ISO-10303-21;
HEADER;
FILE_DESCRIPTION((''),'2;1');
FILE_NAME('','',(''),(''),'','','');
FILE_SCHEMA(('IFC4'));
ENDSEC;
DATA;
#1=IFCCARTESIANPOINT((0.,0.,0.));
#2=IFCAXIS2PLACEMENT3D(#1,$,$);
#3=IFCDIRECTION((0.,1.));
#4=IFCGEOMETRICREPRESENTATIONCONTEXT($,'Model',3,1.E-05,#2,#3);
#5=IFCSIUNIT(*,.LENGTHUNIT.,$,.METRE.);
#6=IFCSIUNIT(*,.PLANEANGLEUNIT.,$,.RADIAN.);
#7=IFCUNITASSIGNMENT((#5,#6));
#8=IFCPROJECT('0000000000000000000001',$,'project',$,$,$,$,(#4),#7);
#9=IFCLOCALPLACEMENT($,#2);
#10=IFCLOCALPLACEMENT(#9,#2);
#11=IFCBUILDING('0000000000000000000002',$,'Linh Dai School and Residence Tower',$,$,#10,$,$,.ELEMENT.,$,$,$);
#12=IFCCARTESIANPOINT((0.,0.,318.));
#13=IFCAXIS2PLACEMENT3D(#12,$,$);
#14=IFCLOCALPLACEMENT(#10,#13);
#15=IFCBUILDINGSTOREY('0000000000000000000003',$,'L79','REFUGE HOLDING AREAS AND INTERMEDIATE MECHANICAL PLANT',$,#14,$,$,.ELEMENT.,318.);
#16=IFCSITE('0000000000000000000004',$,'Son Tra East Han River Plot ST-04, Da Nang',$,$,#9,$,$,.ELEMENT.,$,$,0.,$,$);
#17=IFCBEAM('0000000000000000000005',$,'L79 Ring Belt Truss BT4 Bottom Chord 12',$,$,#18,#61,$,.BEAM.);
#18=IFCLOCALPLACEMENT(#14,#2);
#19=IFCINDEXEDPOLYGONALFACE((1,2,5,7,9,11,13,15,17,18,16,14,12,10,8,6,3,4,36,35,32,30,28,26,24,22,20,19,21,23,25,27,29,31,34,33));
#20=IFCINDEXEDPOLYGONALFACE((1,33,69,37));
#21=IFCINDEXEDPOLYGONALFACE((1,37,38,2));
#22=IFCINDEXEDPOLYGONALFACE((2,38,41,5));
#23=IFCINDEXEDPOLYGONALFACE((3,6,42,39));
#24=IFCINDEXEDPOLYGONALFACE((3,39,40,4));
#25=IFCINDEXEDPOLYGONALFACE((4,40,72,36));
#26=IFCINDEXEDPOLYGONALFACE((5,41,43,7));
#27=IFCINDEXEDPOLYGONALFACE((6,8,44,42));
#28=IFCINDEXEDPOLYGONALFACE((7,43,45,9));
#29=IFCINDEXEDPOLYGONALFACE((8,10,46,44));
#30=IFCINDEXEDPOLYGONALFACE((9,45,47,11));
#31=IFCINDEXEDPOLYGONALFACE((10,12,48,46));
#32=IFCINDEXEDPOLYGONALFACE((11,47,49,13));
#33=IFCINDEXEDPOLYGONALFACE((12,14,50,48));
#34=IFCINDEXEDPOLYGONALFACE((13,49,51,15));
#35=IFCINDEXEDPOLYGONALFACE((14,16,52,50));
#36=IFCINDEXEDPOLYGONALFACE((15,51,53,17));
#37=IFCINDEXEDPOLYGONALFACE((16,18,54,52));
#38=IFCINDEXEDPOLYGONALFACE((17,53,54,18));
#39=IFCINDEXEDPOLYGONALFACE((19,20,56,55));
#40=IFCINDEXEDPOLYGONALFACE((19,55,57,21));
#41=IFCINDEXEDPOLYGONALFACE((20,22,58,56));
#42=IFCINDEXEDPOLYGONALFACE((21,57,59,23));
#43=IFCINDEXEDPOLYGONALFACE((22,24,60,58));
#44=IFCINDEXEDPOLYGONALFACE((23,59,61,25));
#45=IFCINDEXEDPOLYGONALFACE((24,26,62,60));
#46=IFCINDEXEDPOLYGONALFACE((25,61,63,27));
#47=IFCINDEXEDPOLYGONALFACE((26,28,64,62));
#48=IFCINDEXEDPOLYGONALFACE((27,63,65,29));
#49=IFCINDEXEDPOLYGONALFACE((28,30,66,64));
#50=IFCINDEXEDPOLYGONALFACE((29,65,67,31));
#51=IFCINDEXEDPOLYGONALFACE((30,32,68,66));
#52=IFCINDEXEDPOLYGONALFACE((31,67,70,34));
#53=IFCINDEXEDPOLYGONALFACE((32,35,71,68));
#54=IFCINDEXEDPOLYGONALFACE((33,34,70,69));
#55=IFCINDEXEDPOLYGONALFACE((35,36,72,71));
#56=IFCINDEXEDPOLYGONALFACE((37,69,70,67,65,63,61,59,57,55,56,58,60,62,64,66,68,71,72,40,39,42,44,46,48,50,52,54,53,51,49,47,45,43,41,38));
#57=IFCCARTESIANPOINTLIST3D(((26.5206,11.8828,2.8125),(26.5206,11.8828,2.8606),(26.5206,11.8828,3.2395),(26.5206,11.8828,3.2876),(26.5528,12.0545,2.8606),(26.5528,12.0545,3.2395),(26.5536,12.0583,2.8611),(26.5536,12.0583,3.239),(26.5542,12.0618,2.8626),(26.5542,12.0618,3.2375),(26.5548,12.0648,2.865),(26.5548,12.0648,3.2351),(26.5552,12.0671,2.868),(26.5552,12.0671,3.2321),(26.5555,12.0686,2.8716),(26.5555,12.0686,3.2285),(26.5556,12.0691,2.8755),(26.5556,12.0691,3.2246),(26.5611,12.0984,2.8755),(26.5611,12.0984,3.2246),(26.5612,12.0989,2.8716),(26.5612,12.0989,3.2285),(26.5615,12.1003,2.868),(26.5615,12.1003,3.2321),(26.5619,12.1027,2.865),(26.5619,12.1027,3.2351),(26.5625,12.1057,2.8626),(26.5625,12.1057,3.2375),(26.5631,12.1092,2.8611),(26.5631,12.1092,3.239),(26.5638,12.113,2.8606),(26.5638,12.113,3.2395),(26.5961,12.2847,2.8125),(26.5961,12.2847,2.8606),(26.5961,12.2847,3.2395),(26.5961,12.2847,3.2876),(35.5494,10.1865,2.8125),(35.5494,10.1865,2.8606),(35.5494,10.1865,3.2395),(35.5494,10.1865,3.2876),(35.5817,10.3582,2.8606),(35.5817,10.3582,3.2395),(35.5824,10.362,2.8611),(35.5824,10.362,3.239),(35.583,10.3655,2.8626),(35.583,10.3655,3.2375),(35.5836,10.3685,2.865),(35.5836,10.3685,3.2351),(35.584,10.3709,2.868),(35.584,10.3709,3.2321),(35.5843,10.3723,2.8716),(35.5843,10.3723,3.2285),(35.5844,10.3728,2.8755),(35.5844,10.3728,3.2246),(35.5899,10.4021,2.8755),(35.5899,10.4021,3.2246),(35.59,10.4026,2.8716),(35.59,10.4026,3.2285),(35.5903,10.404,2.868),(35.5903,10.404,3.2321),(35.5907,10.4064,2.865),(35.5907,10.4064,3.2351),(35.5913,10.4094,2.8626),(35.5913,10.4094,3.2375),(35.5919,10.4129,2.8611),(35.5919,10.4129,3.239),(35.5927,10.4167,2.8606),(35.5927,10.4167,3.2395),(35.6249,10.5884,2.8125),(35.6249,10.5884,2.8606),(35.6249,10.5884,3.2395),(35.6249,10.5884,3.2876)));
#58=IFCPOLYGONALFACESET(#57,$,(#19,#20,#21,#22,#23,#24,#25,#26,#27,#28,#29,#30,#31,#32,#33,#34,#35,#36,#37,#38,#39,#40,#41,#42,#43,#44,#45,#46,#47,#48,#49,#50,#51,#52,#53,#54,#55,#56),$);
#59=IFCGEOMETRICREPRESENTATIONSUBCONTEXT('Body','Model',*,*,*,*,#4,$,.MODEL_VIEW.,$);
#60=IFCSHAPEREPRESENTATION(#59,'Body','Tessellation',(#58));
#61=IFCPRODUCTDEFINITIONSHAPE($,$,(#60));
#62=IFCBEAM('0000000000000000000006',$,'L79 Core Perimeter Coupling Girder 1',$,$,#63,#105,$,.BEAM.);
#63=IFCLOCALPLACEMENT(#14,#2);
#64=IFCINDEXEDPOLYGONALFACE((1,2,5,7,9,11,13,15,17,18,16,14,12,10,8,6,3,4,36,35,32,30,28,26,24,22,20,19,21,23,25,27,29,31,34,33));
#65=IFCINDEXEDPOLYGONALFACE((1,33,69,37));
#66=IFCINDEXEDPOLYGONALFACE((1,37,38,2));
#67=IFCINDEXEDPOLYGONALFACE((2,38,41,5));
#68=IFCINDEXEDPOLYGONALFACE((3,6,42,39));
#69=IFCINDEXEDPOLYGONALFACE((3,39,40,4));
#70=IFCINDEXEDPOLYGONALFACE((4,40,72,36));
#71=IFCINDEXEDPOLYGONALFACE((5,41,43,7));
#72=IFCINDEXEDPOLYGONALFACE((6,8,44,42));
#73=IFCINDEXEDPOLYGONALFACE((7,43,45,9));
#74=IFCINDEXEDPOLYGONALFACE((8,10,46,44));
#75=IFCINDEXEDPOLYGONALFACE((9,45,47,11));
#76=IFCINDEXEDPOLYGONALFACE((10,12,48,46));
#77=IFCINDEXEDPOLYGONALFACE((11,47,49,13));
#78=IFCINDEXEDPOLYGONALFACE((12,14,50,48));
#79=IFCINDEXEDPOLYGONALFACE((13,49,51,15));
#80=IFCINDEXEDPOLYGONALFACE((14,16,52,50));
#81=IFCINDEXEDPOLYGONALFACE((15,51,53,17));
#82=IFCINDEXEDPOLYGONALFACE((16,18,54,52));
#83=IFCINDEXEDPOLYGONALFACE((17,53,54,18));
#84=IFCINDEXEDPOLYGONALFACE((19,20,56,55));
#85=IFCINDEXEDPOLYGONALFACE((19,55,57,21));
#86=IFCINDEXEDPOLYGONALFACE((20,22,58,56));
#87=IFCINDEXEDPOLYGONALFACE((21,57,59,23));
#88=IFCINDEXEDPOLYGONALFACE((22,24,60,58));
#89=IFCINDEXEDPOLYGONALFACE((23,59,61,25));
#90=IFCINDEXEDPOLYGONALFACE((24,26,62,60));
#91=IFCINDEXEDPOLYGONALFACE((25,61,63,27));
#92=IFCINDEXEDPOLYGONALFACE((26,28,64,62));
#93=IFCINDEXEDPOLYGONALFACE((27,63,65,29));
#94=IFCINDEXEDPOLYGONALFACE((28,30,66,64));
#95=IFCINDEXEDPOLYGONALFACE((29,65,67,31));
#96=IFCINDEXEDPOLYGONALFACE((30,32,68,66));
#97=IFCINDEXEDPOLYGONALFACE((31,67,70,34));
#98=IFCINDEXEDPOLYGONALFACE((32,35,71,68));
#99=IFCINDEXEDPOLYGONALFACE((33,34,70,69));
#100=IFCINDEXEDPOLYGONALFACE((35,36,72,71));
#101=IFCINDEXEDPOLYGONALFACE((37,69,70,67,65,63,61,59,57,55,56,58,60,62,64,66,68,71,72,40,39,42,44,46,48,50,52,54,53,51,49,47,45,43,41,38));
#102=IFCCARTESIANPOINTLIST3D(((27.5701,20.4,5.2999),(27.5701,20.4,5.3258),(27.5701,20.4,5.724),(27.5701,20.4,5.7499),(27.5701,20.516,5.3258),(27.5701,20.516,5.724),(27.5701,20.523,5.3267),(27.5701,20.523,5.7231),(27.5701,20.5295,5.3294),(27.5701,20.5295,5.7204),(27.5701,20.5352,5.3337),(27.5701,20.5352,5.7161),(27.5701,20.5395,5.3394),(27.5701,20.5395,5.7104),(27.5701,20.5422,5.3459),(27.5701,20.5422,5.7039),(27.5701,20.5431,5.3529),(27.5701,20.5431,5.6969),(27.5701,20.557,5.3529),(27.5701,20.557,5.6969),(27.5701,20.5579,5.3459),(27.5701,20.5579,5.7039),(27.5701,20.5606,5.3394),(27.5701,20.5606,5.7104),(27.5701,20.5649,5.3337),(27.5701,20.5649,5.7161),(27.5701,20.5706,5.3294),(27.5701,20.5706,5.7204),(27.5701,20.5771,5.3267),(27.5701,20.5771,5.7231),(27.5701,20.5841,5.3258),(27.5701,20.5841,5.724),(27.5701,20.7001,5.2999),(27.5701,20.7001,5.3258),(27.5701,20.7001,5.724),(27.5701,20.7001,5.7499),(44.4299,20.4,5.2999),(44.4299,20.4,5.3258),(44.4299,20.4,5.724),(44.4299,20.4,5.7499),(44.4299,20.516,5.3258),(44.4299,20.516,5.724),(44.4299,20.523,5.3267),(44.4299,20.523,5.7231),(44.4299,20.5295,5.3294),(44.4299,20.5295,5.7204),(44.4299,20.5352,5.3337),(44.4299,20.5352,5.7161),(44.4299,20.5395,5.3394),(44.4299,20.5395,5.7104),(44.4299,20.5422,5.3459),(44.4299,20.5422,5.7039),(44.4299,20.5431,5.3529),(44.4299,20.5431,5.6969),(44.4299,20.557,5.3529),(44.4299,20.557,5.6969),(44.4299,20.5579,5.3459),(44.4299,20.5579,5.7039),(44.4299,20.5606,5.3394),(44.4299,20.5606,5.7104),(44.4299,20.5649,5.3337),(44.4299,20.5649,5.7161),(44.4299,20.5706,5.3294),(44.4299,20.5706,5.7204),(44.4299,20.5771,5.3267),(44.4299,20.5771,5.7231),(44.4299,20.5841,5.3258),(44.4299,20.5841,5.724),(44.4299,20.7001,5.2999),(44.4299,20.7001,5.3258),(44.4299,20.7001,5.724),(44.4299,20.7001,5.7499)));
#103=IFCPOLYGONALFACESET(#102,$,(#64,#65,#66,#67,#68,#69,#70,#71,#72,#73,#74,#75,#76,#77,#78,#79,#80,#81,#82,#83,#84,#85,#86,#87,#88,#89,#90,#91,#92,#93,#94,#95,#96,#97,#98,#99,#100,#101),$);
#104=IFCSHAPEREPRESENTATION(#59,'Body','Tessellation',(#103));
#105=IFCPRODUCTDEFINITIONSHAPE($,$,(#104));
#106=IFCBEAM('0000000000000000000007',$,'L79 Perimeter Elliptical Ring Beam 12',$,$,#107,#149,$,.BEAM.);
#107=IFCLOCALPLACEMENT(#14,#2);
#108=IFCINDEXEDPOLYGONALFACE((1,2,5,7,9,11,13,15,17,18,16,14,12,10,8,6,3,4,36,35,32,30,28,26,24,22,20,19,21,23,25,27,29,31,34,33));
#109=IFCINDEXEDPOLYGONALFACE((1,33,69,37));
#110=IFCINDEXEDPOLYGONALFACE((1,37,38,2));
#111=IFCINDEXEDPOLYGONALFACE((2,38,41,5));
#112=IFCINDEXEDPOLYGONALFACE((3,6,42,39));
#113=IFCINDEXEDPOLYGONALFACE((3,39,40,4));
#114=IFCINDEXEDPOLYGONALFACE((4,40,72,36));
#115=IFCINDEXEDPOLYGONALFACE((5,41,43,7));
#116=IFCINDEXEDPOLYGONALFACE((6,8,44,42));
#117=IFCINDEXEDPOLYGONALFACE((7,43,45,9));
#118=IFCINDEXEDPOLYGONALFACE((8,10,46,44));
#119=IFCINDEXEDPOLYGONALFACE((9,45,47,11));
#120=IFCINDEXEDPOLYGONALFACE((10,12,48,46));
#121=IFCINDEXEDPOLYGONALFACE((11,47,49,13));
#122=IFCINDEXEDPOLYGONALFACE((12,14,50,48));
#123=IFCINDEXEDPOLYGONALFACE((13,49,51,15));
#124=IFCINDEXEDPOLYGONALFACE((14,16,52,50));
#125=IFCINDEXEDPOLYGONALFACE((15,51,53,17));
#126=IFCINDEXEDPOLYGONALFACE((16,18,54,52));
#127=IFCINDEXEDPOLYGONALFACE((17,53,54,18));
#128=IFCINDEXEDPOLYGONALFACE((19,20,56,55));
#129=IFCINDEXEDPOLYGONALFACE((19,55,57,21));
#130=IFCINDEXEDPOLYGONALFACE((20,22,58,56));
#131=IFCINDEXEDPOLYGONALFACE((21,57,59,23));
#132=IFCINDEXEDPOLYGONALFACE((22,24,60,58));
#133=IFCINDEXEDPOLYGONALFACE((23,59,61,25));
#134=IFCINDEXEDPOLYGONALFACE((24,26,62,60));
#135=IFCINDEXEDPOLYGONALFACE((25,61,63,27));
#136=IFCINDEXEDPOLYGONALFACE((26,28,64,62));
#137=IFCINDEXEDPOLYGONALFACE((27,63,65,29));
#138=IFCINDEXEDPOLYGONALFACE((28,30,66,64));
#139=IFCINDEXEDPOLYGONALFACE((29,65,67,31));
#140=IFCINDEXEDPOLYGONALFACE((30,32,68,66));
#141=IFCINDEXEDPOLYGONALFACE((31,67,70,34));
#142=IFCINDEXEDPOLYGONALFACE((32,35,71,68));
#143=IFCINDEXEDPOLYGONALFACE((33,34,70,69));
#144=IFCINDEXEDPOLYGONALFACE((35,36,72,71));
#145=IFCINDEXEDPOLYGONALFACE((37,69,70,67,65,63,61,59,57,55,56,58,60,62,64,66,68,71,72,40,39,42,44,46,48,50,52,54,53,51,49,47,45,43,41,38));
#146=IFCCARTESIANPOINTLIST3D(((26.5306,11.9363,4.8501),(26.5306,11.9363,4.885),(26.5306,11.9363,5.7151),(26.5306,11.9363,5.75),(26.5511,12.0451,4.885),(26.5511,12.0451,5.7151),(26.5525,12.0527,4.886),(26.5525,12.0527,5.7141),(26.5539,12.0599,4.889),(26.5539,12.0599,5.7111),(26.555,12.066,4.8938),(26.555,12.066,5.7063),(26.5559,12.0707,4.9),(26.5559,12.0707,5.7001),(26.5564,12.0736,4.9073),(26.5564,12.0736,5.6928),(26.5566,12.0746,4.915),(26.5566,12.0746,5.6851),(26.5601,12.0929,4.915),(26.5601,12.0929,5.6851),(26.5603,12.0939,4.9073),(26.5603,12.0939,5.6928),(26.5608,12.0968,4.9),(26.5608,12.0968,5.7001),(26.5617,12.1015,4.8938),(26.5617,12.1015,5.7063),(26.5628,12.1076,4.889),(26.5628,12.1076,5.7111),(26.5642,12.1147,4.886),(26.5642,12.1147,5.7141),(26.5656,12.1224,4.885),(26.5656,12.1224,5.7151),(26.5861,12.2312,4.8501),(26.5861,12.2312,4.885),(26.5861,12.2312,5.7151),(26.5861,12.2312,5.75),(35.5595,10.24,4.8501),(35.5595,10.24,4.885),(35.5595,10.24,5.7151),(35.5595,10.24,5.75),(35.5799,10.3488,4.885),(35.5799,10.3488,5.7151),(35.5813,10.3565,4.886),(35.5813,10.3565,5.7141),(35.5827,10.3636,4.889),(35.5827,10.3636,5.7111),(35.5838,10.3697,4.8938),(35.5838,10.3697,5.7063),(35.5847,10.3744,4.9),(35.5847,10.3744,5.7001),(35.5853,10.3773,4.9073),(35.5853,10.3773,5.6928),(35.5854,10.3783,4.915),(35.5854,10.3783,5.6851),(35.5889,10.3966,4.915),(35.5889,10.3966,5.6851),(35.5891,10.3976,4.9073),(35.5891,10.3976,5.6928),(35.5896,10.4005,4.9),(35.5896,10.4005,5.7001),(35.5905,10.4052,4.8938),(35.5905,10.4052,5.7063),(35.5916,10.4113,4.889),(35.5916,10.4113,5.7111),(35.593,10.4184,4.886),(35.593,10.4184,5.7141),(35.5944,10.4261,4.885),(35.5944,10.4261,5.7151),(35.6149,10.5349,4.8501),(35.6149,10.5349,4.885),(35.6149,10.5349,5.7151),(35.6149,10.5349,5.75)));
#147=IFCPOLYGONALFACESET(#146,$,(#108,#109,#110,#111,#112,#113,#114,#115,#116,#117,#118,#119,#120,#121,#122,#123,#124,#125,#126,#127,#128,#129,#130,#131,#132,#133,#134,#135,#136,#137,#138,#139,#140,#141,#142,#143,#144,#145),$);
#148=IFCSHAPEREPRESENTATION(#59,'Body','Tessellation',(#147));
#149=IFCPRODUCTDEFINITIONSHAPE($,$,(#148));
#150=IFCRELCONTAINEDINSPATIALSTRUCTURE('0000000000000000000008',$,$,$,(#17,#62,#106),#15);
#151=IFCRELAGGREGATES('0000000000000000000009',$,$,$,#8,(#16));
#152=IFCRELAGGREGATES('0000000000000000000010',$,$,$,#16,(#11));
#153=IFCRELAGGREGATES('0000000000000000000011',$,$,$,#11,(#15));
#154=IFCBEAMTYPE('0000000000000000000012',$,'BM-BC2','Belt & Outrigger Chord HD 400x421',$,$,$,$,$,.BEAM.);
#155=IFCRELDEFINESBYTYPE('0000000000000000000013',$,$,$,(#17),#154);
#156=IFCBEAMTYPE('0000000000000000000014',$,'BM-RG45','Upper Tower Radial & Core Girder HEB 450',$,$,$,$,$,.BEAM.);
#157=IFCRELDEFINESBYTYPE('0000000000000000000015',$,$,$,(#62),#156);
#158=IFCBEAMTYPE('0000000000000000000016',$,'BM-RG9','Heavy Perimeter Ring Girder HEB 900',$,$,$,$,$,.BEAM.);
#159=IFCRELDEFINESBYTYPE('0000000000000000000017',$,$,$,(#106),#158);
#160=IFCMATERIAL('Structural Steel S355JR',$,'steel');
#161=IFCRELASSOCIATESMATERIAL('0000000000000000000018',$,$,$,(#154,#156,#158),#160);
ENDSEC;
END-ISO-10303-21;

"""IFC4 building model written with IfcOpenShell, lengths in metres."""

from ifc_helpers import new_model, si_unit, direction, frame, origin, origin_2d, place, context, subcontext, project, spatial, i_section, extrude, material, material_profile, profile_set, type_object, element, save


model = new_model("IFC4")

# Units and contexts
model_context = context("Model", 3, precision=1e-05, world=origin(), true_north=direction((0.0, 1.0)))
body_context = subcontext(model_context, "Body", "Model", "MODEL_VIEW")
ifc_project = project(units=[si_unit("LENGTHUNIT", "METRE"), si_unit("PLANEANGLEUNIT", "RADIAN")], contexts=[model_context])

# Site, building, storey
site_placement = place(None, origin())
site = spatial("IfcSite", under=ifc_project, at=site_placement, Name="Son Tra East Han River Plot ST-04, Da Nang", CompositionType="ELEMENT", RefElevation=0.0)
building_placement = place(site_placement, origin())
building = spatial("IfcBuilding", under=site, at=building_placement, Name="Linh Dai School and Residence Tower", CompositionType="ELEMENT")
storey_placement = place(building_placement, frame((0.0, 0.0, 318.0)))
storey = spatial("IfcBuildingStorey", under=building, at=storey_placement, Name="L79", Description="REFUGE HOLDING AREAS AND INTERMEDIATE MECHANICAL PLANT", CompositionType="ELEMENT", Elevation=318.0)

# Shared definitions
ifc_material_1 = material(Name="Structural Steel S355JR", Category="steel")

# Beams
ifc_material_profile_1 = material_profile(ifc_material_1, i_section(OverallWidth=0.4089, OverallDepth=0.4751, WebThickness=0.0298, FlangeThickness=0.0481, FilletRadius=0.0149, at=origin_2d()), Name="HD 400x421")
ifc_profile_set_1 = profile_set([ifc_material_profile_1], Name="Structural Steel S355JR")
beam_type_1 = type_object("IfcBeamType", Name="BM-BC2", Description="Belt & Outrigger Chord HD 400x421", PredefinedType="BEAM", material=ifc_profile_set_1)
beam_1_placement = place(storey_placement, frame((26.5583, 12.0837, 3.05), z_axis=(0.982805, -0.184645, 0.0), x_axis=(0.184645, 0.982805, 0.0)))
element("IfcBeam", 1, at=beam_1_placement, inside=storey, type_object=beam_type_1, Name="L79 Ring Belt Truss BT4 Bottom Chord 12", PredefinedType="BEAM", context=body_context, shape_type="SweptSolid", body=[
    extrude(i_section(OverallWidth=0.4089, OverallDepth=0.4751, WebThickness=0.0298, FlangeThickness=0.0481, FilletRadius=0.0149, at=origin_2d()), origin(), (0.0, 0.0, 1.0), 9.1868),
])
ifc_material_profile_2 = material_profile(ifc_material_1, i_section(OverallWidth=0.3, OverallDepth=0.45, WebThickness=0.0139, FlangeThickness=0.0259, FilletRadius=0.0271, at=origin_2d()), Name="HEB 450")
ifc_profile_set_2 = profile_set([ifc_material_profile_2], Name="Structural Steel S355JR")
beam_type_2 = type_object("IfcBeamType", Name="BM-RG45", Description="Upper Tower Radial & Core Girder HEB 450", PredefinedType="BEAM", material=ifc_profile_set_2)
beam_2_placement = place(storey_placement, frame((27.5701, 20.55, 5.5249), z_axis=(1.0, 0.0, 0.0), x_axis=(0.0, 1.0, 0.0)))
element("IfcBeam", 2, at=beam_2_placement, inside=storey, type_object=beam_type_2, Name="L79 Core Perimeter Coupling Girder 1", PredefinedType="BEAM", context=body_context, shape_type="SweptSolid", body=[
    extrude(i_section(OverallWidth=0.3, OverallDepth=0.45, WebThickness=0.0139, FlangeThickness=0.0259, FilletRadius=0.0271, at=origin_2d()), origin(), (0.0, 0.0, 1.0), 16.8599),
])
ifc_material_profile_3 = material_profile(ifc_material_1, i_section(OverallWidth=0.3, OverallDepth=0.8999, WebThickness=0.0186, FlangeThickness=0.0349, FilletRadius=0.03, at=origin_2d()), Name="HEB 900")
ifc_profile_set_3 = profile_set([ifc_material_profile_3], Name="Structural Steel S355JR")
beam_type_3 = type_object("IfcBeamType", Name="BM-RG9", Description="Heavy Perimeter Ring Girder HEB 900", PredefinedType="BEAM", material=ifc_profile_set_3)
beam_3_placement = place(storey_placement, frame((26.5583, 12.0837, 5.3), z_axis=(0.982805, -0.184645, 0.0), x_axis=(0.184645, 0.982805, 0.0)))
element("IfcBeam", 3, at=beam_3_placement, inside=storey, type_object=beam_type_3, Name="L79 Perimeter Elliptical Ring Beam 12", PredefinedType="BEAM", context=body_context, shape_type="SweptSolid", body=[
    extrude(i_section(OverallWidth=0.3, OverallDepth=0.8999, WebThickness=0.0186, FlangeThickness=0.0349, FilletRadius=0.03, at=origin_2d()), origin(), (0.0, 0.0, 1.0), 9.1868),
])

save(model, "model.ifc")
